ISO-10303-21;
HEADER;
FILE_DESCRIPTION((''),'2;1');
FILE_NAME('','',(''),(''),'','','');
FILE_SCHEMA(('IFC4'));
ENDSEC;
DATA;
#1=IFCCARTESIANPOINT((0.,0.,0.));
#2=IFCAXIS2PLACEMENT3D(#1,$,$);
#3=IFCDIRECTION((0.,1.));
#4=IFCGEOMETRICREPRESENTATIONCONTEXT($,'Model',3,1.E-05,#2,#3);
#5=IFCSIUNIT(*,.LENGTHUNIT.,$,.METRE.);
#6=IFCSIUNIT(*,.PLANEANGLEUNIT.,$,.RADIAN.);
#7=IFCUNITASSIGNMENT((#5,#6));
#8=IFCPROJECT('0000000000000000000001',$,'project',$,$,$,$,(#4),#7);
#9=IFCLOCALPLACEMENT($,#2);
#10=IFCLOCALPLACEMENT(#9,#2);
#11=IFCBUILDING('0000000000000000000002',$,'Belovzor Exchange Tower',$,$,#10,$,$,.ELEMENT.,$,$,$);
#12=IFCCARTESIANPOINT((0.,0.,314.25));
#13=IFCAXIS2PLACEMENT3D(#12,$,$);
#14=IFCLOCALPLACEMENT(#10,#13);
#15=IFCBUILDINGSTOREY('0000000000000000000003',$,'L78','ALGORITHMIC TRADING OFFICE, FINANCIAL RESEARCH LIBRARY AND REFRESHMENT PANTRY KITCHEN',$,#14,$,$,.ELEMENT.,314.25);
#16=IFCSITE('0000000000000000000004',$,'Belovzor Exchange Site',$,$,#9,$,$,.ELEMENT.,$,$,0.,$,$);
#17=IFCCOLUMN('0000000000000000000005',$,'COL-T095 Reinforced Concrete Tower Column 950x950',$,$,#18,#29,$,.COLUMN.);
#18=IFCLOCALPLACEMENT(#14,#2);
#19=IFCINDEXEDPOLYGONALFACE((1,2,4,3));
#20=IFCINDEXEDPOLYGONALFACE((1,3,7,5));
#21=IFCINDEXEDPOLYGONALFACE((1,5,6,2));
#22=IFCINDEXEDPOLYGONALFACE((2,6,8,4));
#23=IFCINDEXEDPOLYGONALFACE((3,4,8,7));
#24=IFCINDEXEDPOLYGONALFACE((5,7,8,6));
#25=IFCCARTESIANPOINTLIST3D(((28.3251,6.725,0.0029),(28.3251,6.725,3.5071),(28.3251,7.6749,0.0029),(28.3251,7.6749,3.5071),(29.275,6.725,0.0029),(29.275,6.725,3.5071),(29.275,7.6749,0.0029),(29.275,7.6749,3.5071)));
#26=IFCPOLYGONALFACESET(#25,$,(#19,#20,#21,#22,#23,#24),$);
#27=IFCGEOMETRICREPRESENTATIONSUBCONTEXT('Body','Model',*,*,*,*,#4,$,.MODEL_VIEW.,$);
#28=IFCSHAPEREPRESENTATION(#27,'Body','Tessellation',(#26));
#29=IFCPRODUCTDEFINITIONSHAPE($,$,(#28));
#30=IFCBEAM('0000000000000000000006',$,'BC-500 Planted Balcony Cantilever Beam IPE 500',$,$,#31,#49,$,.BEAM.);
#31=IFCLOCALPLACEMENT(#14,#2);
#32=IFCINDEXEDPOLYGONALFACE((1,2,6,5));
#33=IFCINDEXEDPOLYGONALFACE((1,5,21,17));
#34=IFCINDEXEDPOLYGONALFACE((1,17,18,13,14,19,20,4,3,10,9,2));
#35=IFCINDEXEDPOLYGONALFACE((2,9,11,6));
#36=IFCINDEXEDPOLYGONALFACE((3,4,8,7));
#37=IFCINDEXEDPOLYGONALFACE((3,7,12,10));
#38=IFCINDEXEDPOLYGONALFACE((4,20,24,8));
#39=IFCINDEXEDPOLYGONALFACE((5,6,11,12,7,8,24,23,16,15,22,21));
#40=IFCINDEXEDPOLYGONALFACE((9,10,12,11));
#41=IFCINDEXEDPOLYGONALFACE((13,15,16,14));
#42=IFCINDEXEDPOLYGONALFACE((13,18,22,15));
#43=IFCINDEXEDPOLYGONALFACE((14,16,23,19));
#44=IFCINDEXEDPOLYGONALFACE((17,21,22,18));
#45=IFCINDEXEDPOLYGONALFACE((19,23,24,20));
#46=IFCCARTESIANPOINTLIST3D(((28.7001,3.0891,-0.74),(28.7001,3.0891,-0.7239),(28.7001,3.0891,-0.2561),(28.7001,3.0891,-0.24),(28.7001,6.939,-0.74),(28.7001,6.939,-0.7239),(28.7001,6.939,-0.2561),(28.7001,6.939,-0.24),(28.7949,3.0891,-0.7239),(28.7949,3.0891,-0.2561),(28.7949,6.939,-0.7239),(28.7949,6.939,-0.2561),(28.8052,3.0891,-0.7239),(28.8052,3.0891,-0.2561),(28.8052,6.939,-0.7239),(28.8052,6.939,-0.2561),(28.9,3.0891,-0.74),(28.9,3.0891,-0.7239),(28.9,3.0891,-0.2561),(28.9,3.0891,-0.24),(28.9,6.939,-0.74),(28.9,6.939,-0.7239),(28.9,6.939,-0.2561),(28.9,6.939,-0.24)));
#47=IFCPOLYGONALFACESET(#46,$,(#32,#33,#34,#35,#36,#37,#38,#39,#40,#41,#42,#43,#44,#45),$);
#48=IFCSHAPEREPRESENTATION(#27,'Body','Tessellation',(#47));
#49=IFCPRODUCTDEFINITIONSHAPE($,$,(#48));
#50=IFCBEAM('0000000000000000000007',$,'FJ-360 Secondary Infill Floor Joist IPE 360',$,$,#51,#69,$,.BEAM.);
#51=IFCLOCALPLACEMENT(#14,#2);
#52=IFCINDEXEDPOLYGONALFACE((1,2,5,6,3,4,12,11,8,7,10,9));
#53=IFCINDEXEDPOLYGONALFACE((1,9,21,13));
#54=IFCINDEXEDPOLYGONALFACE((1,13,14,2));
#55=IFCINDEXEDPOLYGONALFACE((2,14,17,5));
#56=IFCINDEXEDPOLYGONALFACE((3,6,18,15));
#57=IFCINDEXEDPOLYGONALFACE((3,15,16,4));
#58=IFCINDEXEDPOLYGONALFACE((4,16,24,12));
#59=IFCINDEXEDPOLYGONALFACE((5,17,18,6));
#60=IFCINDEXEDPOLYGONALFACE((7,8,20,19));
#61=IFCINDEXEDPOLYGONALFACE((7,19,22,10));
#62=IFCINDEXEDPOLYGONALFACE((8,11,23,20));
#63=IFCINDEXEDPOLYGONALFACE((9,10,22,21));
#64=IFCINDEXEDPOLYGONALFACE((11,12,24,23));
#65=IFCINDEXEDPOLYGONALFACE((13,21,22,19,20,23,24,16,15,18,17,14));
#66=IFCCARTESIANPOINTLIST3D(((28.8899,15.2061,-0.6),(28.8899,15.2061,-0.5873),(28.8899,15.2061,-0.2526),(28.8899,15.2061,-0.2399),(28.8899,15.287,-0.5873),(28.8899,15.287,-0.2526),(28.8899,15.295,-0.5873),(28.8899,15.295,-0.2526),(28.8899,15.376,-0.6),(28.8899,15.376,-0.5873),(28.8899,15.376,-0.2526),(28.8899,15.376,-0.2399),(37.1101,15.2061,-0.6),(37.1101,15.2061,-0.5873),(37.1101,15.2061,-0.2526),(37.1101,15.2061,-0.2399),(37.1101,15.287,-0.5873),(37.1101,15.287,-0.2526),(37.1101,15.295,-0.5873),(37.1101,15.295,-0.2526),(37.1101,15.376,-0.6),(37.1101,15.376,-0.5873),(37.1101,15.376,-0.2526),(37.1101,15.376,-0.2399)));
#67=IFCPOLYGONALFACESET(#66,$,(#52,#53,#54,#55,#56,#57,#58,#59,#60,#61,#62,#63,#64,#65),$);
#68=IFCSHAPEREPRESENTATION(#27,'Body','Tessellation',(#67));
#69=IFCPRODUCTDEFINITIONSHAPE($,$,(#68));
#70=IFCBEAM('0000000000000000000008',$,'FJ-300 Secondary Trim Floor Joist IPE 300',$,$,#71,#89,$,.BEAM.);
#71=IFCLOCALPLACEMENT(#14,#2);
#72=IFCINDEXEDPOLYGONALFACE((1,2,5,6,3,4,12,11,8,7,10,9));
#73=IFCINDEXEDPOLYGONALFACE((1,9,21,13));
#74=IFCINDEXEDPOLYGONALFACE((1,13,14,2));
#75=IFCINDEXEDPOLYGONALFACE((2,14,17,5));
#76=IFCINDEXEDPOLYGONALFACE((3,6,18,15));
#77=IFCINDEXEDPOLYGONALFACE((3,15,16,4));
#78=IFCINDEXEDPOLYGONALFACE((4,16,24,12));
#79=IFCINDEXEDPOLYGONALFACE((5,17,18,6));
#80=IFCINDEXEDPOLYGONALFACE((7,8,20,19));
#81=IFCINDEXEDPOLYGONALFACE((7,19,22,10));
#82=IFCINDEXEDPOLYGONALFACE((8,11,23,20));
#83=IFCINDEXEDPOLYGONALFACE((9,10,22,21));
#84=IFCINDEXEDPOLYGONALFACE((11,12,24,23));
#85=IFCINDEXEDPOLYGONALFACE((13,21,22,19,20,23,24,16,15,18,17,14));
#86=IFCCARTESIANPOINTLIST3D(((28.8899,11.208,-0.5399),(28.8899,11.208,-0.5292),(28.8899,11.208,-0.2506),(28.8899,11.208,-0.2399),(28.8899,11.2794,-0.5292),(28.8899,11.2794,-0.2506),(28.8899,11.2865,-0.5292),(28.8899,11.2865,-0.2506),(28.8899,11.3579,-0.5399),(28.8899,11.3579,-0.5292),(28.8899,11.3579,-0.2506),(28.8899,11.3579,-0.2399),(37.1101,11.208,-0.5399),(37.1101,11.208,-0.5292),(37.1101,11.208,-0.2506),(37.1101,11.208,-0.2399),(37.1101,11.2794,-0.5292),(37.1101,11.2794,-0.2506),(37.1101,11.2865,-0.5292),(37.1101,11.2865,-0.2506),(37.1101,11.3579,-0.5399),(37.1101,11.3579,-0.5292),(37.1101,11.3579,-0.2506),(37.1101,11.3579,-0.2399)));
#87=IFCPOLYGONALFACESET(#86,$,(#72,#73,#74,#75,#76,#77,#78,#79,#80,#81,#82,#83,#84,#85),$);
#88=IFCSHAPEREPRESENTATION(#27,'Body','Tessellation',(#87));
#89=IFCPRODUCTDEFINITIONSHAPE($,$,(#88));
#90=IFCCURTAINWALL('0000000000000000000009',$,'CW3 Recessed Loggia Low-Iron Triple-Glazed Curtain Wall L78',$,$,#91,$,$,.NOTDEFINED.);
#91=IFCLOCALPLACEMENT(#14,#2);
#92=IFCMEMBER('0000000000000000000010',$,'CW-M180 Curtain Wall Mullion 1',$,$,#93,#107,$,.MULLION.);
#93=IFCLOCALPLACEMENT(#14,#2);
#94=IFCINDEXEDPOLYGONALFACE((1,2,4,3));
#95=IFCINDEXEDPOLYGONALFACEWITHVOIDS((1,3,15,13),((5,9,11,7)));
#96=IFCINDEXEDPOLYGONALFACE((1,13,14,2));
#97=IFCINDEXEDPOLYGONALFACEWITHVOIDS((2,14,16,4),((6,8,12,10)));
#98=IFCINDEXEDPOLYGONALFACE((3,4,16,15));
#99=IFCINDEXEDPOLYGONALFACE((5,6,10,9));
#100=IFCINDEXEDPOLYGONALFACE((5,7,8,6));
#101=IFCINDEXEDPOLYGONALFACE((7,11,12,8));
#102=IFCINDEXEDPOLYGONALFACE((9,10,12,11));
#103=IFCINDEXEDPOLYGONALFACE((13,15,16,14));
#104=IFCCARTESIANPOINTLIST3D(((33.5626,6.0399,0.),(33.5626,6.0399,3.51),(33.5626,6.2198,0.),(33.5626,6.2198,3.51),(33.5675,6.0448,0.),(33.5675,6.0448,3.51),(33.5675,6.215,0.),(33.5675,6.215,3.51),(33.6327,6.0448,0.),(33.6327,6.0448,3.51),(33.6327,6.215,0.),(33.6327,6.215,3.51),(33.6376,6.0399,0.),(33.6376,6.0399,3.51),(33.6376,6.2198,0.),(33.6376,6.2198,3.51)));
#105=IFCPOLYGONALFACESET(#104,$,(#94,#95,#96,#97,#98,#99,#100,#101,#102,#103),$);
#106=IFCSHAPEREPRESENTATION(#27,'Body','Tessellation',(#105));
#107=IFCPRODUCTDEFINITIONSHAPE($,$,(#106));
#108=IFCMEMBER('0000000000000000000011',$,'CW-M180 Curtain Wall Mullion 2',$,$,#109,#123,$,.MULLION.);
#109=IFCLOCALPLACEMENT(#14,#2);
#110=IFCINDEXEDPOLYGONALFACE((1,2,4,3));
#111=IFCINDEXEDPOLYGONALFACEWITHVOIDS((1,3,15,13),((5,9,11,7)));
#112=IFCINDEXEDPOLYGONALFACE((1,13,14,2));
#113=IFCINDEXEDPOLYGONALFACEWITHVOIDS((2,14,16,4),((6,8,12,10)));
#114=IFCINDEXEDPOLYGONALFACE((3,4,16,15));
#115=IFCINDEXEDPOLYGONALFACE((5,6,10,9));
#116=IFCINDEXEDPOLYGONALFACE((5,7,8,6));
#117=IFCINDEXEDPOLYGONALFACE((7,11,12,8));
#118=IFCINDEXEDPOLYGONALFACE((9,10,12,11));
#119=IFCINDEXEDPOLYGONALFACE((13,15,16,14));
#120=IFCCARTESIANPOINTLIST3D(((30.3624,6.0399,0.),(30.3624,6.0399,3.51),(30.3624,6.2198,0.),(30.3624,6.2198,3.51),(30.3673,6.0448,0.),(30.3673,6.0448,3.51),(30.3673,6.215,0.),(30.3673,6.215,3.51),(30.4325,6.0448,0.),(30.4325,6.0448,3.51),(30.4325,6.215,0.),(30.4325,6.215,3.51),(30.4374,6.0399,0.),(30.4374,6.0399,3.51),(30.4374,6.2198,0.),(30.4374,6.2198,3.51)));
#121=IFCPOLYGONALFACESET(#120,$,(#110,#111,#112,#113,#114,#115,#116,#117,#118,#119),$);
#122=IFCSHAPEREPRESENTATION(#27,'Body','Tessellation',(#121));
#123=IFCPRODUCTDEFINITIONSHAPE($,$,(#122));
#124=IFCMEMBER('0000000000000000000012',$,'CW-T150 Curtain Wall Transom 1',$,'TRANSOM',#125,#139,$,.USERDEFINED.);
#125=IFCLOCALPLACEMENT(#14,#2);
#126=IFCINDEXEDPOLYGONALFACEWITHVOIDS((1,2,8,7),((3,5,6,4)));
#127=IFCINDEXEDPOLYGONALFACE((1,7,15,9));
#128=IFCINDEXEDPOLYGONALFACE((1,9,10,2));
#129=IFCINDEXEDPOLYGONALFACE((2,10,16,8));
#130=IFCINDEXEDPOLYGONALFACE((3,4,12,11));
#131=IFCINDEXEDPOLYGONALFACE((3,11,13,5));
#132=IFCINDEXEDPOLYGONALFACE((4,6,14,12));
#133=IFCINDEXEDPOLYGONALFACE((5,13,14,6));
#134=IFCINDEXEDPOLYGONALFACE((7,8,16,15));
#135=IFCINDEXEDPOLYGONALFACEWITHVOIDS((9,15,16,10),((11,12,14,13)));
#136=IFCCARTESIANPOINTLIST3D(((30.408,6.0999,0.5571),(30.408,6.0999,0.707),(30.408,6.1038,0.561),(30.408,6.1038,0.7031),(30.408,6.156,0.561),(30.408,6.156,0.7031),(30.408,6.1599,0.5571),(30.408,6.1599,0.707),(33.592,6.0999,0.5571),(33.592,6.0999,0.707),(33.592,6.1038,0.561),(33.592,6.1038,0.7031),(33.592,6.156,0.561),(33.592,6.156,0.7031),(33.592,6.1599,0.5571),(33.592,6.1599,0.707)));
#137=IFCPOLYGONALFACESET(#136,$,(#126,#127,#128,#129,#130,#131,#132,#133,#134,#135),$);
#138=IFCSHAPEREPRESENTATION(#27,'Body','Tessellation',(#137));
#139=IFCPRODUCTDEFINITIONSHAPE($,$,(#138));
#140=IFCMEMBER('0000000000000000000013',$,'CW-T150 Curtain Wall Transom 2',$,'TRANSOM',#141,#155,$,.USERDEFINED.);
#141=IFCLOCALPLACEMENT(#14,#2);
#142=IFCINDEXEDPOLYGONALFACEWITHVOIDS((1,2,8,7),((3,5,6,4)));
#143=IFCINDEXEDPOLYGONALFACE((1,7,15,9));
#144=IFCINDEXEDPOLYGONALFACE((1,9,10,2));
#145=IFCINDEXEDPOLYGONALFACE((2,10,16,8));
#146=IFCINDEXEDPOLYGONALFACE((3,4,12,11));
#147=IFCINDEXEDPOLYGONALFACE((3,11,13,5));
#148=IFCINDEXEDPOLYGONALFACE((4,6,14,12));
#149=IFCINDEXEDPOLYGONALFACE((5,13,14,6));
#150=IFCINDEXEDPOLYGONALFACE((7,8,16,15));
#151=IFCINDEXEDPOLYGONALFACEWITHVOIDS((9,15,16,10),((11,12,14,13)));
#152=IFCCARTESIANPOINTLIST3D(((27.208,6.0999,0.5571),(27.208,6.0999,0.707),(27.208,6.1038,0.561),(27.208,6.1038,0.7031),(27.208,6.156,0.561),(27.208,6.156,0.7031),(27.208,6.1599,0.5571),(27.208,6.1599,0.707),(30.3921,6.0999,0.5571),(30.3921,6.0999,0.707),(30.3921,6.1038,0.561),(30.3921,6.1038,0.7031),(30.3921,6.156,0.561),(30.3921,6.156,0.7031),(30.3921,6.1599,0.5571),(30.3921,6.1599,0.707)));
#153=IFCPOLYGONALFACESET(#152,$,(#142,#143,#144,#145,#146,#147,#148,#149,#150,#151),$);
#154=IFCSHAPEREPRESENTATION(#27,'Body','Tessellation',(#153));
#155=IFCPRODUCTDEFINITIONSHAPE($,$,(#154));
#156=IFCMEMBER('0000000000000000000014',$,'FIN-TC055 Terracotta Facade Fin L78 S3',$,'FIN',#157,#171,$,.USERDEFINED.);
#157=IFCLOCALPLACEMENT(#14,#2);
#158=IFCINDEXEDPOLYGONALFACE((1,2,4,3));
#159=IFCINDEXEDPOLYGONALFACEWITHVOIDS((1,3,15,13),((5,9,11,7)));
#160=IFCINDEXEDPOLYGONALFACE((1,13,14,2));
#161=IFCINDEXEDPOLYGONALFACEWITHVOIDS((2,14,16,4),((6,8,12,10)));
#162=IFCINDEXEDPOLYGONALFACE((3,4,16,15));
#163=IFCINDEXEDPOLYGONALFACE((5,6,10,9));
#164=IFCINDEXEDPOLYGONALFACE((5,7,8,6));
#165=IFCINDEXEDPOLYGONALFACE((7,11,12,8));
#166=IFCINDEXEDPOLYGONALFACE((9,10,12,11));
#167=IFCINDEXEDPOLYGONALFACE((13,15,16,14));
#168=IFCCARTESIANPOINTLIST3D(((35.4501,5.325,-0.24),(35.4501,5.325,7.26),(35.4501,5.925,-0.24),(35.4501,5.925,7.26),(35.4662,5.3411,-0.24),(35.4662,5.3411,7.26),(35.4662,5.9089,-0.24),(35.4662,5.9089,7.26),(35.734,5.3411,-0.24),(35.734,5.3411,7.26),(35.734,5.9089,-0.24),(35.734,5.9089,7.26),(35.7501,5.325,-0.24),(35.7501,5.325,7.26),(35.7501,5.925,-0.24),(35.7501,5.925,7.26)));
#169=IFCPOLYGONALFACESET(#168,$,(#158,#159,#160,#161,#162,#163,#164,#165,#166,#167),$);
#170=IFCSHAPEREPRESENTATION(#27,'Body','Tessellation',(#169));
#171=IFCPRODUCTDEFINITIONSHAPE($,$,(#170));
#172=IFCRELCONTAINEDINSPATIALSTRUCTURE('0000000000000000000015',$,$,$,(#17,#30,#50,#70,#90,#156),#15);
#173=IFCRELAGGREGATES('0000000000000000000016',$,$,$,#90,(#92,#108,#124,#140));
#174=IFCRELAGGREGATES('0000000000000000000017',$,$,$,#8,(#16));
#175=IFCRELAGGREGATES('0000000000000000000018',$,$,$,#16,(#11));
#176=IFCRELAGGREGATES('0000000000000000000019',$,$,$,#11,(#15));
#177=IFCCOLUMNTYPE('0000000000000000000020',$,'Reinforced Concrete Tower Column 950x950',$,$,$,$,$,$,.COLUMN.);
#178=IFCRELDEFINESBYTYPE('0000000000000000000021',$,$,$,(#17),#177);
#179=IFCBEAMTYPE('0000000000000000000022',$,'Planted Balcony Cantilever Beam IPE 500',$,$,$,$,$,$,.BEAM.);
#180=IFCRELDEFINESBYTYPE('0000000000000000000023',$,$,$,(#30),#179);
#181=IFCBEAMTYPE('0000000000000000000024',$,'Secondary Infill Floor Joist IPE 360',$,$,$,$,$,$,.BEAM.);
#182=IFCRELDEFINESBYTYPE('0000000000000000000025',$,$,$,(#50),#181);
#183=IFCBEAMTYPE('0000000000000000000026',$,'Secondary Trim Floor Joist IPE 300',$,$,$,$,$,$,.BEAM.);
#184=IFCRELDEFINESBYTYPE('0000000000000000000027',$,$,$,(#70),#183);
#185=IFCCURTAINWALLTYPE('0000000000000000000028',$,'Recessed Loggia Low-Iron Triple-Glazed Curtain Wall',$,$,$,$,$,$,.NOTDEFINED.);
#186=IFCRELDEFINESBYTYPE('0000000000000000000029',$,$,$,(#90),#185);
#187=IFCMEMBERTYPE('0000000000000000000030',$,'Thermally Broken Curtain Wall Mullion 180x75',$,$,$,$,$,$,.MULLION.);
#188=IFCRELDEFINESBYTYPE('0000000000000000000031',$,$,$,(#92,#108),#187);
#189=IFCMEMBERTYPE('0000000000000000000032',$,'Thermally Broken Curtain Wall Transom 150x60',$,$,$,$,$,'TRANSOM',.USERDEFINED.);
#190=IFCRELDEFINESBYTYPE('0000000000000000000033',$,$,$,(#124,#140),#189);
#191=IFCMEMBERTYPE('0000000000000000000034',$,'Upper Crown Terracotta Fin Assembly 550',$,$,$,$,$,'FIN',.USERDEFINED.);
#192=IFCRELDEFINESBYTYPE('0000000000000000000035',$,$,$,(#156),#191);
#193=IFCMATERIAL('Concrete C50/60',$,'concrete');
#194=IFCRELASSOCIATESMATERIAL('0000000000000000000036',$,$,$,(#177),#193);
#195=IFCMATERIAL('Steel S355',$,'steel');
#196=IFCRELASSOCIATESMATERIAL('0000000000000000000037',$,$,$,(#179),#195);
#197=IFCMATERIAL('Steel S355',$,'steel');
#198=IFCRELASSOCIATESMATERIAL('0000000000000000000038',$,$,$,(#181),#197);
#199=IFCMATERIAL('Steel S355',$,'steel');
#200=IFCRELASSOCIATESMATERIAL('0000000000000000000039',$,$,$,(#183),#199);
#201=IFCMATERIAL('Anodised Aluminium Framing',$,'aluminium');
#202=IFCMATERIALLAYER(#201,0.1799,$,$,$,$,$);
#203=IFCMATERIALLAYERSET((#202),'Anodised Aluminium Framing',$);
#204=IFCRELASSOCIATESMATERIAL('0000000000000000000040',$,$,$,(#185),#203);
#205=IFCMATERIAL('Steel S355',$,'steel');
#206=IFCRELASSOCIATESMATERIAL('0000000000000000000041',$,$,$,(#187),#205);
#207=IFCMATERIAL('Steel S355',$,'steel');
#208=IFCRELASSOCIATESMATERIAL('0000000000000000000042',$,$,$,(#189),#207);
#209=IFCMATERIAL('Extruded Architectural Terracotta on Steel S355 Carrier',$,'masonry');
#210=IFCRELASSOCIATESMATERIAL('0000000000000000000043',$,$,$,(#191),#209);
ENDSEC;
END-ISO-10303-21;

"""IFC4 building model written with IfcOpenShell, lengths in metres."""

from ifc_helpers import new_model, si_unit, direction, frame, origin, origin_2d, place, context, subcontext, project, spatial, rectangle, hollow_rectangle, i_section, extrude, material, layer, layer_set, material_profile, profile_set, type_object, element, aggregate, save


model = new_model("IFC4")

# Units and contexts
model_context = context("Model", 3, precision=1e-05, world=origin(), true_north=direction((0.0, 1.0)))
body_context = subcontext(model_context, "Body", "Model", "MODEL_VIEW")
ifc_project = project(units=[si_unit("LENGTHUNIT", "METRE"), si_unit("PLANEANGLEUNIT", "RADIAN")], contexts=[model_context])

# Site, building, storey
site_placement = place(None, origin())
site = spatial("IfcSite", under=ifc_project, at=site_placement, Name="Belovzor Exchange Site", CompositionType="ELEMENT", RefElevation=0.0)
building_placement = place(site_placement, origin())
building = spatial("IfcBuilding", under=site, at=building_placement, Name="Belovzor Exchange Tower", CompositionType="ELEMENT")
storey_placement = place(building_placement, frame((0.0, 0.0, 314.25)))
storey = spatial("IfcBuildingStorey", under=building, at=storey_placement, Name="L78", Description="ALGORITHMIC TRADING OFFICE, FINANCIAL RESEARCH LIBRARY AND REFRESHMENT PANTRY KITCHEN", CompositionType="ELEMENT", Elevation=314.25)

# Column
ifc_material_1 = material(Name="Concrete C50/60", Category="concrete")
ifc_material_profile_1 = material_profile(ifc_material_1, rectangle(XDim=0.95, YDim=0.95, at=origin_2d()))
ifc_profile_set_1 = profile_set([ifc_material_profile_1], Name="Concrete C50/60")
column_type = type_object("IfcColumnType", Name="Reinforced Concrete Tower Column 950x950", PredefinedType="COLUMN", material=ifc_profile_set_1)
column_placement = place(storey_placement, frame((28.8, 7.2, 0.0029), z_axis=(0.0, 0.0, 1.0), x_axis=(1.0, 0.0, 0.0)))
element("IfcColumn", 1, at=column_placement, inside=storey, type_object=column_type, Name="COL-T095 Reinforced Concrete Tower Column 950x950", PredefinedType="COLUMN", context=body_context, shape_type="SweptSolid", body=[
    extrude(rectangle(XDim=0.95, YDim=0.95, at=origin_2d()), origin(), (0.0, 0.0, 1.0), 3.5042),
])

# Beams
ifc_material_2 = material(Name="Steel S355", Category="steel")
ifc_material_profile_2 = material_profile(ifc_material_2, i_section(OverallWidth=0.2, OverallDepth=0.5, WebThickness=0.0103, FlangeThickness=0.0161, at=origin_2d()))
ifc_profile_set_2 = profile_set([ifc_material_profile_2], Name="Steel S355")
beam_type_1 = type_object("IfcBeamType", Name="Planted Balcony Cantilever Beam IPE 500", PredefinedType="BEAM", material=ifc_profile_set_2)
beam_1_placement = place(storey_placement, frame((28.8, 6.939, -0.49), z_axis=(0.0, -1.0, 0.0), x_axis=(1.0, 0.0, 0.0)))
element("IfcBeam", 2, at=beam_1_placement, inside=storey, type_object=beam_type_1, Name="BC-500 Planted Balcony Cantilever Beam IPE 500", PredefinedType="BEAM", context=body_context, shape_type="SweptSolid", body=[
    extrude(i_section(OverallWidth=0.2, OverallDepth=0.5, WebThickness=0.0103, FlangeThickness=0.0161, at=origin_2d()), origin(), (0.0, 0.0, 1.0), 3.8499),
])
ifc_material_3 = material(Name="Steel S355", Category="steel")
ifc_material_profile_3 = material_profile(ifc_material_3, i_section(OverallWidth=0.1699, OverallDepth=0.3601, WebThickness=0.0081, FlangeThickness=0.0127, at=origin_2d()))
ifc_profile_set_3 = profile_set([ifc_material_profile_3], Name="Steel S355")
beam_type_2 = type_object("IfcBeamType", Name="Secondary Infill Floor Joist IPE 360", PredefinedType="BEAM", material=ifc_profile_set_3)
beam_2_placement = place(storey_placement, frame((28.8899, 15.291, -0.4199), z_axis=(1.0, 0.0, 0.0), x_axis=(0.0, 1.0, 0.0)))
element("IfcBeam", 3, at=beam_2_placement, inside=storey, type_object=beam_type_2, Name="FJ-360 Secondary Infill Floor Joist IPE 360", PredefinedType="BEAM", context=body_context, shape_type="SweptSolid", body=[
    extrude(i_section(OverallWidth=0.1699, OverallDepth=0.3601, WebThickness=0.0081, FlangeThickness=0.0127, at=origin_2d()), origin(), (0.0, 0.0, 1.0), 8.2202),
])
ifc_material_4 = material(Name="Steel S355", Category="steel")
ifc_material_profile_4 = material_profile(ifc_material_4, i_section(OverallWidth=0.1499, OverallDepth=0.3, WebThickness=0.0071, FlangeThickness=0.0107, at=origin_2d()))
ifc_profile_set_4 = profile_set([ifc_material_profile_4], Name="Steel S355")
beam_type_3 = type_object("IfcBeamType", Name="Secondary Trim Floor Joist IPE 300", PredefinedType="BEAM", material=ifc_profile_set_4)
beam_3_placement = place(storey_placement, frame((28.8899, 11.283, -0.3899), z_axis=(1.0, 0.0, 0.0), x_axis=(0.0, 1.0, 0.0)))
element("IfcBeam", 4, at=beam_3_placement, inside=storey, type_object=beam_type_3, Name="FJ-300 Secondary Trim Floor Joist IPE 300", PredefinedType="BEAM", context=body_context, shape_type="SweptSolid", body=[
    extrude(i_section(OverallWidth=0.1499, OverallDepth=0.3, WebThickness=0.0071, FlangeThickness=0.0107, at=origin_2d()), origin(), (0.0, 0.0, 1.0), 8.2202),
])

# Curtain wall, members
ifc_material_5 = material(Name="Anodised Aluminium Framing", Category="aluminium")
ifc_layer_1 = layer(ifc_material_5, 0.1799)
ifc_layer_set_1 = layer_set([ifc_layer_1], Name="Anodised Aluminium Framing")
curtain_wall_type = type_object("IfcCurtainWallType", Name="Recessed Loggia Low-Iron Triple-Glazed Curtain Wall", PredefinedType="NOTDEFINED", material=ifc_layer_set_1)
curtain_wall_placement = place(storey_placement, origin())
curtain_wall = element("IfcCurtainWall", 5, at=curtain_wall_placement, inside=storey, type_object=curtain_wall_type, Name="CW3 Recessed Loggia Low-Iron Triple-Glazed Curtain Wall L78", PredefinedType="NOTDEFINED")
ifc_material_6 = material(Name="Steel S355", Category="steel")
ifc_material_profile_5 = material_profile(ifc_material_6, hollow_rectangle(XDim=0.075, YDim=0.1799, WallThickness=0.0049, at=origin_2d()))
ifc_profile_set_5 = profile_set([ifc_material_profile_5], Name="Steel S355")
member_type_1 = type_object("IfcMemberType", Name="Thermally Broken Curtain Wall Mullion 180x75", PredefinedType="MULLION", material=ifc_profile_set_5)
member_1_placement = place(storey_placement, frame((33.6001, 6.1299, 0.0), z_axis=(0.0, 0.0, 1.0), x_axis=(-1.0, 0.0, 0.0)))
member_1 = element("IfcMember", 6, at=member_1_placement, type_object=member_type_1, Name="CW-M180 Curtain Wall Mullion 1", PredefinedType="MULLION", context=body_context, shape_type="SweptSolid", body=[
    extrude(hollow_rectangle(XDim=0.075, YDim=0.1799, WallThickness=0.0049, at=origin_2d()), origin(), (0.0, 0.0, 1.0), 3.51),
])
member_2_placement = place(storey_placement, frame((30.3999, 6.1299, 0.0), z_axis=(0.0, 0.0, 1.0), x_axis=(-1.0, 0.0, 0.0)))
member_2 = element("IfcMember", 7, at=member_2_placement, type_object=member_type_1, Name="CW-M180 Curtain Wall Mullion 2", PredefinedType="MULLION", context=body_context, shape_type="SweptSolid", body=[
    extrude(hollow_rectangle(XDim=0.075, YDim=0.1799, WallThickness=0.0049, at=origin_2d()), origin(), (0.0, 0.0, 1.0), 3.51),
])
ifc_material_7 = material(Name="Steel S355", Category="steel")
ifc_material_profile_6 = material_profile(ifc_material_7, hollow_rectangle(XDim=0.0601, YDim=0.1499, WallThickness=0.0039, at=origin_2d()))
ifc_profile_set_6 = profile_set([ifc_material_profile_6], Name="Steel S355")
member_type_2 = type_object("IfcMemberType", Name="Thermally Broken Curtain Wall Transom 150x60", ElementType="TRANSOM", PredefinedType="USERDEFINED", material=ifc_profile_set_6)
member_3_placement = place(storey_placement, frame((33.592, 6.1299, 0.6321), z_axis=(-1.0, 0.0, 0.0), x_axis=(0.0, -1.0, 0.0)))
member_3 = element("IfcMember", 8, at=member_3_placement, type_object=member_type_2, Name="CW-T150 Curtain Wall Transom 1", ObjectType="TRANSOM", PredefinedType="USERDEFINED", context=body_context, shape_type="SweptSolid", body=[
    extrude(hollow_rectangle(XDim=0.0601, YDim=0.1499, WallThickness=0.0039, at=origin_2d()), origin(), (0.0, 0.0, 1.0), 3.1841),
])
member_4_placement = place(storey_placement, frame((30.3921, 6.1299, 0.6321), z_axis=(-1.0, 0.0, 0.0), x_axis=(0.0, -1.0, 0.0)))
member_4 = element("IfcMember", 9, at=member_4_placement, type_object=member_type_2, Name="CW-T150 Curtain Wall Transom 2", ObjectType="TRANSOM", PredefinedType="USERDEFINED", context=body_context, shape_type="SweptSolid", body=[
    extrude(hollow_rectangle(XDim=0.0601, YDim=0.1499, WallThickness=0.0039, at=origin_2d()), origin(), (0.0, 0.0, 1.0), 3.1841),
])

# Member
ifc_material_8 = material(Name="Extruded Architectural Terracotta on Steel S355 Carrier", Category="masonry")
ifc_material_profile_7 = material_profile(ifc_material_8, hollow_rectangle(XDim=0.3, YDim=0.6001, WallThickness=0.0161, at=origin_2d()))
ifc_profile_set_7 = profile_set([ifc_material_profile_7], Name="Extruded Architectural Terracotta on Steel S355 Carrier")
member_type_3 = type_object("IfcMemberType", Name="Upper Crown Terracotta Fin Assembly 550", ElementType="FIN", PredefinedType="USERDEFINED", material=ifc_profile_set_7)
member_5_placement = place(storey_placement, frame((35.6001, 5.625, -0.24), z_axis=(0.0, 0.0, 1.0), x_axis=(1.0, 0.0, 0.0)))
element("IfcMember", 10, at=member_5_placement, inside=storey, type_object=member_type_3, Name="FIN-TC055 Terracotta Facade Fin L78 S3", ObjectType="FIN", PredefinedType="USERDEFINED", context=body_context, shape_type="SweptSolid", body=[
    extrude(hollow_rectangle(XDim=0.3, YDim=0.6001, WallThickness=0.0161, at=origin_2d()), origin(), (0.0, 0.0, 1.0), 7.5),
])

aggregate(curtain_wall, [member_1, member_2, member_3, member_4])

save(model, "model.ifc")
